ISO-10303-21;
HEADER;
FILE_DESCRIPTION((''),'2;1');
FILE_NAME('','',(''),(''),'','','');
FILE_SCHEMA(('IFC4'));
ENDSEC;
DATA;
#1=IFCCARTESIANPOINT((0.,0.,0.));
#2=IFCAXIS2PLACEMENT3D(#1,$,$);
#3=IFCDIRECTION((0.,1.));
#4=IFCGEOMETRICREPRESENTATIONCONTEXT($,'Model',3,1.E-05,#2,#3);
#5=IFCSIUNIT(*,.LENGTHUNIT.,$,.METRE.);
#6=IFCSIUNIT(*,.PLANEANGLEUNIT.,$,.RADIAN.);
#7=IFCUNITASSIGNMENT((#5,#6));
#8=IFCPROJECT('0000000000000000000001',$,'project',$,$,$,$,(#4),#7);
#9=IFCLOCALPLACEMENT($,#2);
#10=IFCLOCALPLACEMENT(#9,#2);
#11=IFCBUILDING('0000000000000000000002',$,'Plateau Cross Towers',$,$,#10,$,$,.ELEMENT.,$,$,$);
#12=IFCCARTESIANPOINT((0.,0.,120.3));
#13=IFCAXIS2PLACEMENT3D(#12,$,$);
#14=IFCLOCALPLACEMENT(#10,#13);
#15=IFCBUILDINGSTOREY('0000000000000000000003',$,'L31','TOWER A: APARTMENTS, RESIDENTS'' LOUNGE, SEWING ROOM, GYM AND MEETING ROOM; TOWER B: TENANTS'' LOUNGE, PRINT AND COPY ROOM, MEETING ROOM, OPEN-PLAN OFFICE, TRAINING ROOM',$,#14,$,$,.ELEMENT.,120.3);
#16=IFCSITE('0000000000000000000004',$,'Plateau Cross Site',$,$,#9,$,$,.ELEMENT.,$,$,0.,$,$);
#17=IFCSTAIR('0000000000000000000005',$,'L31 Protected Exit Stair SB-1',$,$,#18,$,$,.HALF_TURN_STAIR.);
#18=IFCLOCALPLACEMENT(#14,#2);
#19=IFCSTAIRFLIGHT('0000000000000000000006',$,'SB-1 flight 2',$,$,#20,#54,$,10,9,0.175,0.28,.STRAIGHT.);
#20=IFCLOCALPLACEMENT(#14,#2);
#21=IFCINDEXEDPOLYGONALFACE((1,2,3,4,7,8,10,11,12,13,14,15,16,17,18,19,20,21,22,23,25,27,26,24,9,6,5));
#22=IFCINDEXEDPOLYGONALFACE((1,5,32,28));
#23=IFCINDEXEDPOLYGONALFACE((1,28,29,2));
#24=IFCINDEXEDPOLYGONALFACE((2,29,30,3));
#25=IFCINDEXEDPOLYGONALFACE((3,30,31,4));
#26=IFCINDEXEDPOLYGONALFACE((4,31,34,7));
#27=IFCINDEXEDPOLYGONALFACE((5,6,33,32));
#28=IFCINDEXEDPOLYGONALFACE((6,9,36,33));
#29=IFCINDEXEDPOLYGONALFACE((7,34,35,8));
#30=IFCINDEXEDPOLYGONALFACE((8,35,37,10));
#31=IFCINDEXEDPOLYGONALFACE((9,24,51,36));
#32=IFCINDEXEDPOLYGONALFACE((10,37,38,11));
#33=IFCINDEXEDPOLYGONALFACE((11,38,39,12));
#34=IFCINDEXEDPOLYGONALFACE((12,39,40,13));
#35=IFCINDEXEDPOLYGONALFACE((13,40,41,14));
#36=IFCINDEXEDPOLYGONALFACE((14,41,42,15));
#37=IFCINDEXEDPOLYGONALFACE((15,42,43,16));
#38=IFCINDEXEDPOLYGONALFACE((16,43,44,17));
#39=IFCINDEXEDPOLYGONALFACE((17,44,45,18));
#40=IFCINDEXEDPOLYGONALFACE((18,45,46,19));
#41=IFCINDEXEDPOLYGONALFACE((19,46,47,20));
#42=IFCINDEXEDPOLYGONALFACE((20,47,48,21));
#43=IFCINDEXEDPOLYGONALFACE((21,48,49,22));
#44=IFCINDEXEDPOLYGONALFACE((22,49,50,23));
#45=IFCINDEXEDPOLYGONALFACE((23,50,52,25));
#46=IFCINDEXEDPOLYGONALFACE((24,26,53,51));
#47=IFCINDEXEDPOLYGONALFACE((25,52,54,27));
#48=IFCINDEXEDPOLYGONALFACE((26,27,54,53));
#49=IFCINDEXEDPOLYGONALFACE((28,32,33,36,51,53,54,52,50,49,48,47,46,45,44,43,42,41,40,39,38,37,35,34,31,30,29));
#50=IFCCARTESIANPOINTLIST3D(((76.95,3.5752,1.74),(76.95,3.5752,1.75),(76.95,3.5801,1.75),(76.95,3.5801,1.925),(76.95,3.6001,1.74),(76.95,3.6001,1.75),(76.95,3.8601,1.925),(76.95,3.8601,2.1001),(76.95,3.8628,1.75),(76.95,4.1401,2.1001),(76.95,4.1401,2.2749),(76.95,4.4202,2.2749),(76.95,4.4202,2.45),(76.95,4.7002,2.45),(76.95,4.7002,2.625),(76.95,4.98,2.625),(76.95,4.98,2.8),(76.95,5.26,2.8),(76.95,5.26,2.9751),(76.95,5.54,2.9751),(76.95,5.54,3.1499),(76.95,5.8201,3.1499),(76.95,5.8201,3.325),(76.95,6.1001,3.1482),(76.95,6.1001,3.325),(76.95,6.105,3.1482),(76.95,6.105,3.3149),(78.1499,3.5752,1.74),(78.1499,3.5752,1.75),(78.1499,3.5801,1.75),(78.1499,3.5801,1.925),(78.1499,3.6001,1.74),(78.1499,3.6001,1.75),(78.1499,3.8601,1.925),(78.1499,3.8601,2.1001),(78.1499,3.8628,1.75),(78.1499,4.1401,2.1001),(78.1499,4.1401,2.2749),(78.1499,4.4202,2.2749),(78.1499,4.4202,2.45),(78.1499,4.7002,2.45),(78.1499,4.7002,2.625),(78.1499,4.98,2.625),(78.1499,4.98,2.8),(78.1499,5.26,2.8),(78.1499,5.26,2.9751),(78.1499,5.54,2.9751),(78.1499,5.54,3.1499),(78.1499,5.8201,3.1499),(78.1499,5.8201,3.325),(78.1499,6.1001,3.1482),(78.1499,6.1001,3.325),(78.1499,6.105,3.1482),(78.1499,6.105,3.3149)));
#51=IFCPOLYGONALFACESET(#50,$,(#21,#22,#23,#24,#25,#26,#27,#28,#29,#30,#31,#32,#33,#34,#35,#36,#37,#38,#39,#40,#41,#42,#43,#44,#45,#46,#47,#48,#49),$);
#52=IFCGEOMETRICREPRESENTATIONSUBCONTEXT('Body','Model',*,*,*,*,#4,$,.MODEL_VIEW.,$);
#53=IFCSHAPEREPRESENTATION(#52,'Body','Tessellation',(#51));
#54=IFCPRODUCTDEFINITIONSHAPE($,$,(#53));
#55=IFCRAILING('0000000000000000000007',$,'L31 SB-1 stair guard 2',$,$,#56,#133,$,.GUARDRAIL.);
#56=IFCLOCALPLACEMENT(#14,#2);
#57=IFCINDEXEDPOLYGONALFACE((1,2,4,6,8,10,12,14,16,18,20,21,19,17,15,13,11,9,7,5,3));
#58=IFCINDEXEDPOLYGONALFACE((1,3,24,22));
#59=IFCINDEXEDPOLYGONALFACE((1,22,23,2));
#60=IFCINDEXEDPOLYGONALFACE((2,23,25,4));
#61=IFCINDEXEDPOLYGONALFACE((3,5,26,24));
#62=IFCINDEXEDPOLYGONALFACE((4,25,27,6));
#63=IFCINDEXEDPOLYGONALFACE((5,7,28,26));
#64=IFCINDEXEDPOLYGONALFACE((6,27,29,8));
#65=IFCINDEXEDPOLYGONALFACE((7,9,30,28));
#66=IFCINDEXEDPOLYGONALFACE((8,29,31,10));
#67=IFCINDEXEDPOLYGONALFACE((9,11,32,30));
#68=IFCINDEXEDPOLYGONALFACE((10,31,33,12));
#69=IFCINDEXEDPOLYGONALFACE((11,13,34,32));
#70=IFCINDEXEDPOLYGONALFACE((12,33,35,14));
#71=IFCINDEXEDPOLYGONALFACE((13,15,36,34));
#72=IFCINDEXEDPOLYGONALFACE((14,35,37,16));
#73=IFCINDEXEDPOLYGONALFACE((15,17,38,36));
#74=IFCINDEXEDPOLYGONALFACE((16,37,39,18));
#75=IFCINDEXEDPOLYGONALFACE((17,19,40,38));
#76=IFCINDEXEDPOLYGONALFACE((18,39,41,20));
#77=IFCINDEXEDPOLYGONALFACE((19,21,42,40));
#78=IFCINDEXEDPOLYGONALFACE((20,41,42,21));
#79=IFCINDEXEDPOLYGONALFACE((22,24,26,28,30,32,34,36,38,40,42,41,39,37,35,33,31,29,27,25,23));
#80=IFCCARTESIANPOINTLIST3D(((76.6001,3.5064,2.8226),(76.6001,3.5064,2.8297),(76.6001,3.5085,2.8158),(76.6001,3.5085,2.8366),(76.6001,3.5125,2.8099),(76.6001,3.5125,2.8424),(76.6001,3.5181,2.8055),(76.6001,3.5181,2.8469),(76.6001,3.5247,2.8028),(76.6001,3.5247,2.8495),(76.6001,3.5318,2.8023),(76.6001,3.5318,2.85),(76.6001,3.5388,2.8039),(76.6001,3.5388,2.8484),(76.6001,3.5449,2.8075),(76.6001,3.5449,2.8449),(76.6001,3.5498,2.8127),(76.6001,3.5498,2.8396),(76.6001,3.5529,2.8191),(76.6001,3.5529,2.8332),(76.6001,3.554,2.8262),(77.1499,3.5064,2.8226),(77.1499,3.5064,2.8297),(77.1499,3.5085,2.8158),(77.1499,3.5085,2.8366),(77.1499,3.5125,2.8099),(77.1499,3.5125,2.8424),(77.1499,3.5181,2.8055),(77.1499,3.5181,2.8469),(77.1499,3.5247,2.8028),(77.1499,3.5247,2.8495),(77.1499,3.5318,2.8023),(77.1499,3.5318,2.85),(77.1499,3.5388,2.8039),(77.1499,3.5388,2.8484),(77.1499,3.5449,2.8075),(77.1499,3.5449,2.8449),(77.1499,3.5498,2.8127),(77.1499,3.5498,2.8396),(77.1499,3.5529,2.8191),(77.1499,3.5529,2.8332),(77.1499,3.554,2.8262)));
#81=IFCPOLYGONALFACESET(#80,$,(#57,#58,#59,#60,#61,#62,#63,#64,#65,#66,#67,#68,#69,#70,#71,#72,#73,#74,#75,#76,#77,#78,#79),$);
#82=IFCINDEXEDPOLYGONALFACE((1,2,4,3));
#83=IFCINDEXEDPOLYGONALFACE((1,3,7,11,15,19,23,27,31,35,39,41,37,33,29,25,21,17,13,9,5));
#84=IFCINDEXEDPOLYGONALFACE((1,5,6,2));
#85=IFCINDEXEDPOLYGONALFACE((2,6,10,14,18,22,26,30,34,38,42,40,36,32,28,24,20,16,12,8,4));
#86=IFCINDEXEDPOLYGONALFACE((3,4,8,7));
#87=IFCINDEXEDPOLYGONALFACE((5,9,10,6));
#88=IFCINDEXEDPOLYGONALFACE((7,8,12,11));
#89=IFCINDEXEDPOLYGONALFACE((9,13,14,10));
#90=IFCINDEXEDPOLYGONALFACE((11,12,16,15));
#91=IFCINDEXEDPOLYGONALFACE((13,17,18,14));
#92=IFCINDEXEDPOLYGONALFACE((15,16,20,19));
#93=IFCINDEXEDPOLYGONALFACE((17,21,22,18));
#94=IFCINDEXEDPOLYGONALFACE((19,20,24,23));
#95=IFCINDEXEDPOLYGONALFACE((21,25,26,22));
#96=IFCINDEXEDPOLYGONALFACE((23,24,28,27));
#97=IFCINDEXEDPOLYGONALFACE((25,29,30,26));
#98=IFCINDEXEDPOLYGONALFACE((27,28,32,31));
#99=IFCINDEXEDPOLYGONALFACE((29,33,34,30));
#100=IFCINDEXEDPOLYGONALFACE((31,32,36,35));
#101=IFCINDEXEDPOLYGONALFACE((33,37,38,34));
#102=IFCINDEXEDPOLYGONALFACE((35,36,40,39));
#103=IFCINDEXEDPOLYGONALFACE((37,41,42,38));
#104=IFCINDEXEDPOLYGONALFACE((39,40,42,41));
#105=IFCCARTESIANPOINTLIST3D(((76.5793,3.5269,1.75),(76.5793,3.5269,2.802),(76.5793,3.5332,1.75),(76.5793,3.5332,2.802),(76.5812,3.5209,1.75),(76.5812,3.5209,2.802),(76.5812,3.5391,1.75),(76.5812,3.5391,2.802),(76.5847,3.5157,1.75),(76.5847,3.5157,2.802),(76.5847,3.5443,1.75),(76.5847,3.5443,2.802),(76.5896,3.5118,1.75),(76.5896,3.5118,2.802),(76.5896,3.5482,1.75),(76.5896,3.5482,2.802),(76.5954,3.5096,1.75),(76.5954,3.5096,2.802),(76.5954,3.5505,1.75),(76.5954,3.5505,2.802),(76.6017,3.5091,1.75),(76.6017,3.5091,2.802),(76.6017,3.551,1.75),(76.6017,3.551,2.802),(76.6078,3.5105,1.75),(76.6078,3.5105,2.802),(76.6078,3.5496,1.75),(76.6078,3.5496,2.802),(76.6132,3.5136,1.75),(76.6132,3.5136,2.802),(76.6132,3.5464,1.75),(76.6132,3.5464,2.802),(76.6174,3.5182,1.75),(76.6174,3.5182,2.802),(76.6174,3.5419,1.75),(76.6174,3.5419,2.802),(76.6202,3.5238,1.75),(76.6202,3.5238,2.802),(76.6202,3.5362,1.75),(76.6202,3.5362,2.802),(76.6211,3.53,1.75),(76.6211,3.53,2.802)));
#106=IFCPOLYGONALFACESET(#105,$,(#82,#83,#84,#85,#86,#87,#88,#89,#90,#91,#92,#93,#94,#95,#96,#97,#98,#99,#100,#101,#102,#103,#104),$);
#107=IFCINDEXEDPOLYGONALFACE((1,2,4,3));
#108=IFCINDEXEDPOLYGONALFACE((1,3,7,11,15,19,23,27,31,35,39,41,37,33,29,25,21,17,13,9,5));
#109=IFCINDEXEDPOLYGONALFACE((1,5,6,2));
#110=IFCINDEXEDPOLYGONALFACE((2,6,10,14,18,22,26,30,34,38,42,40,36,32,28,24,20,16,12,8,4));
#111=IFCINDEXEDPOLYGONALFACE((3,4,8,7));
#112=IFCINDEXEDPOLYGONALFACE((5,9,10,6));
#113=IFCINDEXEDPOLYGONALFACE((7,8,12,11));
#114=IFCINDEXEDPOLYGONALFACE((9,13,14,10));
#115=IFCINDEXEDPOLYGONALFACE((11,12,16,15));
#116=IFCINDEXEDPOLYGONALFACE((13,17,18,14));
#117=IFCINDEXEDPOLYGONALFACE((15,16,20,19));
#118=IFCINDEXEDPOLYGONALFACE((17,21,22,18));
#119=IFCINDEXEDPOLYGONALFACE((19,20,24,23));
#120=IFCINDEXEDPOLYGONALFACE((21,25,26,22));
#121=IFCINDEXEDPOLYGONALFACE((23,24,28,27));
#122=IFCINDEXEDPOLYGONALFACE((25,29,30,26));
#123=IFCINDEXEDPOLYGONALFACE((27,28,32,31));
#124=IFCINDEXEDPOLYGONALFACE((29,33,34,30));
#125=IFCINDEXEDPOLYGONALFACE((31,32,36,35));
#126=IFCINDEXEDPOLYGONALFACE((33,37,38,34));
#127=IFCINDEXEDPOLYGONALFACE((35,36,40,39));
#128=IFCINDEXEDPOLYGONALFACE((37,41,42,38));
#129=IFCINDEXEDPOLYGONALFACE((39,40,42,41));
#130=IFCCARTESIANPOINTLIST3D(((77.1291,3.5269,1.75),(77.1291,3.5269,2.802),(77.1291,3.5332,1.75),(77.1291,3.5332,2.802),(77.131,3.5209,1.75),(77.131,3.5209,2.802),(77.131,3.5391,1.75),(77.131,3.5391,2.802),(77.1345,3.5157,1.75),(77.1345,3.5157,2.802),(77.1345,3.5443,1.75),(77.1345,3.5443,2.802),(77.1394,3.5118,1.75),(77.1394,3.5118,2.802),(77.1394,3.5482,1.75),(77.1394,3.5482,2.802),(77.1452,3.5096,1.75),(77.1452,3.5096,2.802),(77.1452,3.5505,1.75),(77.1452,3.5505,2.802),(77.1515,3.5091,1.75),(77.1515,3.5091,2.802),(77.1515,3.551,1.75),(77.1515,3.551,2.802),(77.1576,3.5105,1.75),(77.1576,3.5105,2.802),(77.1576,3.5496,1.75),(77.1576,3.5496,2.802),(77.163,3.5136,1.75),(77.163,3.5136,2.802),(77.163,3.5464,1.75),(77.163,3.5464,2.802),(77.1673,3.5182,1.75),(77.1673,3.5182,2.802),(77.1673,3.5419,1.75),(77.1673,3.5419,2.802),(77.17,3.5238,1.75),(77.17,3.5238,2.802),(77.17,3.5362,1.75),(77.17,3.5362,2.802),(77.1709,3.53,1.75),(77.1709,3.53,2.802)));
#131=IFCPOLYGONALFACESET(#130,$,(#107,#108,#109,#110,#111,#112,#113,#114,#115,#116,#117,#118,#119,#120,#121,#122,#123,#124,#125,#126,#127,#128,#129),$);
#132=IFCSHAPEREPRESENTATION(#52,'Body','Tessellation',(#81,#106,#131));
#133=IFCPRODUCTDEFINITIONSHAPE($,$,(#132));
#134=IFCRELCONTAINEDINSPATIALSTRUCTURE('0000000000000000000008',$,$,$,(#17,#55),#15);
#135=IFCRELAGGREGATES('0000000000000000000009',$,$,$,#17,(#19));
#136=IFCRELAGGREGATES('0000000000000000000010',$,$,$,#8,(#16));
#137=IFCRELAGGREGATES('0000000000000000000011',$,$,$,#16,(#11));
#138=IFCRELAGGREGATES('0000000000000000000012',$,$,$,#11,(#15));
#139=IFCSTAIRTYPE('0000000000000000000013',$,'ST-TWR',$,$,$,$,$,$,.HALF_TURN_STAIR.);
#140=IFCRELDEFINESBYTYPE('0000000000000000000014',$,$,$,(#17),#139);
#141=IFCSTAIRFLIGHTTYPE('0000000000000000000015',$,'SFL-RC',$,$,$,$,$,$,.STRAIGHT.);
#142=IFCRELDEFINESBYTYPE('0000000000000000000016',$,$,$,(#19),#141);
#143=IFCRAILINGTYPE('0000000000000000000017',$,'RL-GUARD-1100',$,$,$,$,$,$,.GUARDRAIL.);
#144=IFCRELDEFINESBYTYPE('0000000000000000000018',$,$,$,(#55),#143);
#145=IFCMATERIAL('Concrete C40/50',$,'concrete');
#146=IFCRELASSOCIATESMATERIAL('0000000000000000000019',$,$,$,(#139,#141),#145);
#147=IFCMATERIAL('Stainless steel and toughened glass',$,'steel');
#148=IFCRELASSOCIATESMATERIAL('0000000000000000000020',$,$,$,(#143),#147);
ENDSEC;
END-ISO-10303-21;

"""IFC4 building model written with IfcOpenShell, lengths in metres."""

from ifc_helpers import new_model, si_unit, direction, frame, origin, origin_2d, place, context, subcontext, project, spatial, polyline, circle, outline, extrude, material, type_object, element, aggregate, save


model = new_model("IFC4")

# Units and contexts
model_context = context("Model", 3, precision=1e-05, world=origin(), true_north=direction((0.0, 1.0)))
body_context = subcontext(model_context, "Body", "Model", "MODEL_VIEW")
ifc_project = project(units=[si_unit("LENGTHUNIT", "METRE"), si_unit("PLANEANGLEUNIT", "RADIAN")], contexts=[model_context])

# Site, building, storey
site_placement = place(None, origin())
site = spatial("IfcSite", under=ifc_project, at=site_placement, Name="Plateau Cross Site", CompositionType="ELEMENT", RefElevation=0.0)
building_placement = place(site_placement, origin())
building = spatial("IfcBuilding", under=site, at=building_placement, Name="Plateau Cross Towers", CompositionType="ELEMENT")
storey_placement = place(building_placement, frame((0.0, 0.0, 120.3)))
storey = spatial("IfcBuildingStorey", under=building, at=storey_placement, Name="L31", Description="TOWER A: APARTMENTS, RESIDENTS' LOUNGE, SEWING ROOM, GYM AND MEETING ROOM; TOWER B: TENANTS' LOUNGE, PRINT AND COPY ROOM, MEETING ROOM, OPEN-PLAN OFFICE, TRAINING ROOM", CompositionType="ELEMENT", Elevation=120.3)

# Stair, stair flight
ifc_material_1 = material(Name="Concrete C40/50", Category="concrete")
stair_type = type_object("IfcStairType", Name="ST-TWR", PredefinedType="HALF_TURN_STAIR", material=ifc_material_1)
stair_placement = place(storey_placement, origin())
stair = element("IfcStair", 1, at=stair_placement, inside=storey, type_object=stair_type, Name="L31 Protected Exit Stair SB-1", PredefinedType="HALF_TURN_STAIR")
stair_flight_type = type_object("IfcStairFlightType", Name="SFL-RC", PredefinedType="STRAIGHT", material=ifc_material_1)
stair_flight_placement = place(storey_placement, frame((77.55, 3.5801, 1.75), z_axis=(0.0, 0.0, 1.0), x_axis=(0.0, 1.0, 0.0)))
stair_flight = element("IfcStairFlight", 2, at=stair_flight_placement, type_object=stair_flight_type, Name="SB-1 flight 2", NumberOfRisers=10, NumberOfTreads=9, PredefinedType="STRAIGHT", RiserHeight=0.175, TreadLength=0.28, context=body_context, shape_type="SweptSolid", body=[
    extrude(outline(polyline([(-0.0049, -0.01), (-0.0049, 0.0), (0.0, 0.0), (0.0, 0.175), (0.28, 0.175), (0.28, 0.3501), (0.5601, 0.3501), (0.5601, 0.5249), (0.8401, 0.5249), (0.8401, 0.7), (1.1201, 0.7), (1.1201, 0.875), (1.3999, 0.875), (1.3999, 1.05), (1.6799, 1.05), (1.6799, 1.2251), (1.96, 1.2251), (1.96, 1.3999), (2.24, 1.3999), (2.24, 1.575), (2.52, 1.575), (2.5249, 1.5649), (2.5249, 1.3982), (2.52, 1.3982), (0.2827, 0.0), (0.02, 0.0), (0.02, -0.01), (-0.0049, -0.01)])), frame((0.0, 0.6001, 0.0), z_axis=(0.0, -1.0, 0.0), x_axis=(1.0, 0.0, 0.0)), (0.0, 0.0, 1.0), 1.2),
])
aggregate(stair, [stair_flight])

# Railing
ifc_material_2 = material(Name="Stainless steel and toughened glass", Category="steel")
railing_type_1 = type_object("IfcRailingType", Name="RL-GUARD-1100", PredefinedType="GUARDRAIL", material=ifc_material_2)
railing_1_placement = place(storey_placement, frame((76.6001, 3.53, 1.75)))
element("IfcRailing", 3, at=railing_1_placement, inside=storey, type_object=railing_type_1, Name="L31 SB-1 stair guard 2", PredefinedType="GUARDRAIL", context=body_context, shape_type="SweptSolid", body=[
    extrude(circle(Radius=0.0239, at=origin_2d()), frame((0.0, 0.0, 1.0762), z_axis=(1.0, 0.0, 0.0), x_axis=(0.0, 1.0, 0.0)), (0.0, 0.0, 1.0), 0.5498),
    extrude(circle(Radius=0.021, at=origin_2d()), origin(), (0.0, 0.0, 1.0), 1.052),
    extrude(circle(Radius=0.021, at=origin_2d()), frame((0.5498, 0.0, 0.0)), (0.0, 0.0, 1.0), 1.052),
])

save(model, "model.ifc")
